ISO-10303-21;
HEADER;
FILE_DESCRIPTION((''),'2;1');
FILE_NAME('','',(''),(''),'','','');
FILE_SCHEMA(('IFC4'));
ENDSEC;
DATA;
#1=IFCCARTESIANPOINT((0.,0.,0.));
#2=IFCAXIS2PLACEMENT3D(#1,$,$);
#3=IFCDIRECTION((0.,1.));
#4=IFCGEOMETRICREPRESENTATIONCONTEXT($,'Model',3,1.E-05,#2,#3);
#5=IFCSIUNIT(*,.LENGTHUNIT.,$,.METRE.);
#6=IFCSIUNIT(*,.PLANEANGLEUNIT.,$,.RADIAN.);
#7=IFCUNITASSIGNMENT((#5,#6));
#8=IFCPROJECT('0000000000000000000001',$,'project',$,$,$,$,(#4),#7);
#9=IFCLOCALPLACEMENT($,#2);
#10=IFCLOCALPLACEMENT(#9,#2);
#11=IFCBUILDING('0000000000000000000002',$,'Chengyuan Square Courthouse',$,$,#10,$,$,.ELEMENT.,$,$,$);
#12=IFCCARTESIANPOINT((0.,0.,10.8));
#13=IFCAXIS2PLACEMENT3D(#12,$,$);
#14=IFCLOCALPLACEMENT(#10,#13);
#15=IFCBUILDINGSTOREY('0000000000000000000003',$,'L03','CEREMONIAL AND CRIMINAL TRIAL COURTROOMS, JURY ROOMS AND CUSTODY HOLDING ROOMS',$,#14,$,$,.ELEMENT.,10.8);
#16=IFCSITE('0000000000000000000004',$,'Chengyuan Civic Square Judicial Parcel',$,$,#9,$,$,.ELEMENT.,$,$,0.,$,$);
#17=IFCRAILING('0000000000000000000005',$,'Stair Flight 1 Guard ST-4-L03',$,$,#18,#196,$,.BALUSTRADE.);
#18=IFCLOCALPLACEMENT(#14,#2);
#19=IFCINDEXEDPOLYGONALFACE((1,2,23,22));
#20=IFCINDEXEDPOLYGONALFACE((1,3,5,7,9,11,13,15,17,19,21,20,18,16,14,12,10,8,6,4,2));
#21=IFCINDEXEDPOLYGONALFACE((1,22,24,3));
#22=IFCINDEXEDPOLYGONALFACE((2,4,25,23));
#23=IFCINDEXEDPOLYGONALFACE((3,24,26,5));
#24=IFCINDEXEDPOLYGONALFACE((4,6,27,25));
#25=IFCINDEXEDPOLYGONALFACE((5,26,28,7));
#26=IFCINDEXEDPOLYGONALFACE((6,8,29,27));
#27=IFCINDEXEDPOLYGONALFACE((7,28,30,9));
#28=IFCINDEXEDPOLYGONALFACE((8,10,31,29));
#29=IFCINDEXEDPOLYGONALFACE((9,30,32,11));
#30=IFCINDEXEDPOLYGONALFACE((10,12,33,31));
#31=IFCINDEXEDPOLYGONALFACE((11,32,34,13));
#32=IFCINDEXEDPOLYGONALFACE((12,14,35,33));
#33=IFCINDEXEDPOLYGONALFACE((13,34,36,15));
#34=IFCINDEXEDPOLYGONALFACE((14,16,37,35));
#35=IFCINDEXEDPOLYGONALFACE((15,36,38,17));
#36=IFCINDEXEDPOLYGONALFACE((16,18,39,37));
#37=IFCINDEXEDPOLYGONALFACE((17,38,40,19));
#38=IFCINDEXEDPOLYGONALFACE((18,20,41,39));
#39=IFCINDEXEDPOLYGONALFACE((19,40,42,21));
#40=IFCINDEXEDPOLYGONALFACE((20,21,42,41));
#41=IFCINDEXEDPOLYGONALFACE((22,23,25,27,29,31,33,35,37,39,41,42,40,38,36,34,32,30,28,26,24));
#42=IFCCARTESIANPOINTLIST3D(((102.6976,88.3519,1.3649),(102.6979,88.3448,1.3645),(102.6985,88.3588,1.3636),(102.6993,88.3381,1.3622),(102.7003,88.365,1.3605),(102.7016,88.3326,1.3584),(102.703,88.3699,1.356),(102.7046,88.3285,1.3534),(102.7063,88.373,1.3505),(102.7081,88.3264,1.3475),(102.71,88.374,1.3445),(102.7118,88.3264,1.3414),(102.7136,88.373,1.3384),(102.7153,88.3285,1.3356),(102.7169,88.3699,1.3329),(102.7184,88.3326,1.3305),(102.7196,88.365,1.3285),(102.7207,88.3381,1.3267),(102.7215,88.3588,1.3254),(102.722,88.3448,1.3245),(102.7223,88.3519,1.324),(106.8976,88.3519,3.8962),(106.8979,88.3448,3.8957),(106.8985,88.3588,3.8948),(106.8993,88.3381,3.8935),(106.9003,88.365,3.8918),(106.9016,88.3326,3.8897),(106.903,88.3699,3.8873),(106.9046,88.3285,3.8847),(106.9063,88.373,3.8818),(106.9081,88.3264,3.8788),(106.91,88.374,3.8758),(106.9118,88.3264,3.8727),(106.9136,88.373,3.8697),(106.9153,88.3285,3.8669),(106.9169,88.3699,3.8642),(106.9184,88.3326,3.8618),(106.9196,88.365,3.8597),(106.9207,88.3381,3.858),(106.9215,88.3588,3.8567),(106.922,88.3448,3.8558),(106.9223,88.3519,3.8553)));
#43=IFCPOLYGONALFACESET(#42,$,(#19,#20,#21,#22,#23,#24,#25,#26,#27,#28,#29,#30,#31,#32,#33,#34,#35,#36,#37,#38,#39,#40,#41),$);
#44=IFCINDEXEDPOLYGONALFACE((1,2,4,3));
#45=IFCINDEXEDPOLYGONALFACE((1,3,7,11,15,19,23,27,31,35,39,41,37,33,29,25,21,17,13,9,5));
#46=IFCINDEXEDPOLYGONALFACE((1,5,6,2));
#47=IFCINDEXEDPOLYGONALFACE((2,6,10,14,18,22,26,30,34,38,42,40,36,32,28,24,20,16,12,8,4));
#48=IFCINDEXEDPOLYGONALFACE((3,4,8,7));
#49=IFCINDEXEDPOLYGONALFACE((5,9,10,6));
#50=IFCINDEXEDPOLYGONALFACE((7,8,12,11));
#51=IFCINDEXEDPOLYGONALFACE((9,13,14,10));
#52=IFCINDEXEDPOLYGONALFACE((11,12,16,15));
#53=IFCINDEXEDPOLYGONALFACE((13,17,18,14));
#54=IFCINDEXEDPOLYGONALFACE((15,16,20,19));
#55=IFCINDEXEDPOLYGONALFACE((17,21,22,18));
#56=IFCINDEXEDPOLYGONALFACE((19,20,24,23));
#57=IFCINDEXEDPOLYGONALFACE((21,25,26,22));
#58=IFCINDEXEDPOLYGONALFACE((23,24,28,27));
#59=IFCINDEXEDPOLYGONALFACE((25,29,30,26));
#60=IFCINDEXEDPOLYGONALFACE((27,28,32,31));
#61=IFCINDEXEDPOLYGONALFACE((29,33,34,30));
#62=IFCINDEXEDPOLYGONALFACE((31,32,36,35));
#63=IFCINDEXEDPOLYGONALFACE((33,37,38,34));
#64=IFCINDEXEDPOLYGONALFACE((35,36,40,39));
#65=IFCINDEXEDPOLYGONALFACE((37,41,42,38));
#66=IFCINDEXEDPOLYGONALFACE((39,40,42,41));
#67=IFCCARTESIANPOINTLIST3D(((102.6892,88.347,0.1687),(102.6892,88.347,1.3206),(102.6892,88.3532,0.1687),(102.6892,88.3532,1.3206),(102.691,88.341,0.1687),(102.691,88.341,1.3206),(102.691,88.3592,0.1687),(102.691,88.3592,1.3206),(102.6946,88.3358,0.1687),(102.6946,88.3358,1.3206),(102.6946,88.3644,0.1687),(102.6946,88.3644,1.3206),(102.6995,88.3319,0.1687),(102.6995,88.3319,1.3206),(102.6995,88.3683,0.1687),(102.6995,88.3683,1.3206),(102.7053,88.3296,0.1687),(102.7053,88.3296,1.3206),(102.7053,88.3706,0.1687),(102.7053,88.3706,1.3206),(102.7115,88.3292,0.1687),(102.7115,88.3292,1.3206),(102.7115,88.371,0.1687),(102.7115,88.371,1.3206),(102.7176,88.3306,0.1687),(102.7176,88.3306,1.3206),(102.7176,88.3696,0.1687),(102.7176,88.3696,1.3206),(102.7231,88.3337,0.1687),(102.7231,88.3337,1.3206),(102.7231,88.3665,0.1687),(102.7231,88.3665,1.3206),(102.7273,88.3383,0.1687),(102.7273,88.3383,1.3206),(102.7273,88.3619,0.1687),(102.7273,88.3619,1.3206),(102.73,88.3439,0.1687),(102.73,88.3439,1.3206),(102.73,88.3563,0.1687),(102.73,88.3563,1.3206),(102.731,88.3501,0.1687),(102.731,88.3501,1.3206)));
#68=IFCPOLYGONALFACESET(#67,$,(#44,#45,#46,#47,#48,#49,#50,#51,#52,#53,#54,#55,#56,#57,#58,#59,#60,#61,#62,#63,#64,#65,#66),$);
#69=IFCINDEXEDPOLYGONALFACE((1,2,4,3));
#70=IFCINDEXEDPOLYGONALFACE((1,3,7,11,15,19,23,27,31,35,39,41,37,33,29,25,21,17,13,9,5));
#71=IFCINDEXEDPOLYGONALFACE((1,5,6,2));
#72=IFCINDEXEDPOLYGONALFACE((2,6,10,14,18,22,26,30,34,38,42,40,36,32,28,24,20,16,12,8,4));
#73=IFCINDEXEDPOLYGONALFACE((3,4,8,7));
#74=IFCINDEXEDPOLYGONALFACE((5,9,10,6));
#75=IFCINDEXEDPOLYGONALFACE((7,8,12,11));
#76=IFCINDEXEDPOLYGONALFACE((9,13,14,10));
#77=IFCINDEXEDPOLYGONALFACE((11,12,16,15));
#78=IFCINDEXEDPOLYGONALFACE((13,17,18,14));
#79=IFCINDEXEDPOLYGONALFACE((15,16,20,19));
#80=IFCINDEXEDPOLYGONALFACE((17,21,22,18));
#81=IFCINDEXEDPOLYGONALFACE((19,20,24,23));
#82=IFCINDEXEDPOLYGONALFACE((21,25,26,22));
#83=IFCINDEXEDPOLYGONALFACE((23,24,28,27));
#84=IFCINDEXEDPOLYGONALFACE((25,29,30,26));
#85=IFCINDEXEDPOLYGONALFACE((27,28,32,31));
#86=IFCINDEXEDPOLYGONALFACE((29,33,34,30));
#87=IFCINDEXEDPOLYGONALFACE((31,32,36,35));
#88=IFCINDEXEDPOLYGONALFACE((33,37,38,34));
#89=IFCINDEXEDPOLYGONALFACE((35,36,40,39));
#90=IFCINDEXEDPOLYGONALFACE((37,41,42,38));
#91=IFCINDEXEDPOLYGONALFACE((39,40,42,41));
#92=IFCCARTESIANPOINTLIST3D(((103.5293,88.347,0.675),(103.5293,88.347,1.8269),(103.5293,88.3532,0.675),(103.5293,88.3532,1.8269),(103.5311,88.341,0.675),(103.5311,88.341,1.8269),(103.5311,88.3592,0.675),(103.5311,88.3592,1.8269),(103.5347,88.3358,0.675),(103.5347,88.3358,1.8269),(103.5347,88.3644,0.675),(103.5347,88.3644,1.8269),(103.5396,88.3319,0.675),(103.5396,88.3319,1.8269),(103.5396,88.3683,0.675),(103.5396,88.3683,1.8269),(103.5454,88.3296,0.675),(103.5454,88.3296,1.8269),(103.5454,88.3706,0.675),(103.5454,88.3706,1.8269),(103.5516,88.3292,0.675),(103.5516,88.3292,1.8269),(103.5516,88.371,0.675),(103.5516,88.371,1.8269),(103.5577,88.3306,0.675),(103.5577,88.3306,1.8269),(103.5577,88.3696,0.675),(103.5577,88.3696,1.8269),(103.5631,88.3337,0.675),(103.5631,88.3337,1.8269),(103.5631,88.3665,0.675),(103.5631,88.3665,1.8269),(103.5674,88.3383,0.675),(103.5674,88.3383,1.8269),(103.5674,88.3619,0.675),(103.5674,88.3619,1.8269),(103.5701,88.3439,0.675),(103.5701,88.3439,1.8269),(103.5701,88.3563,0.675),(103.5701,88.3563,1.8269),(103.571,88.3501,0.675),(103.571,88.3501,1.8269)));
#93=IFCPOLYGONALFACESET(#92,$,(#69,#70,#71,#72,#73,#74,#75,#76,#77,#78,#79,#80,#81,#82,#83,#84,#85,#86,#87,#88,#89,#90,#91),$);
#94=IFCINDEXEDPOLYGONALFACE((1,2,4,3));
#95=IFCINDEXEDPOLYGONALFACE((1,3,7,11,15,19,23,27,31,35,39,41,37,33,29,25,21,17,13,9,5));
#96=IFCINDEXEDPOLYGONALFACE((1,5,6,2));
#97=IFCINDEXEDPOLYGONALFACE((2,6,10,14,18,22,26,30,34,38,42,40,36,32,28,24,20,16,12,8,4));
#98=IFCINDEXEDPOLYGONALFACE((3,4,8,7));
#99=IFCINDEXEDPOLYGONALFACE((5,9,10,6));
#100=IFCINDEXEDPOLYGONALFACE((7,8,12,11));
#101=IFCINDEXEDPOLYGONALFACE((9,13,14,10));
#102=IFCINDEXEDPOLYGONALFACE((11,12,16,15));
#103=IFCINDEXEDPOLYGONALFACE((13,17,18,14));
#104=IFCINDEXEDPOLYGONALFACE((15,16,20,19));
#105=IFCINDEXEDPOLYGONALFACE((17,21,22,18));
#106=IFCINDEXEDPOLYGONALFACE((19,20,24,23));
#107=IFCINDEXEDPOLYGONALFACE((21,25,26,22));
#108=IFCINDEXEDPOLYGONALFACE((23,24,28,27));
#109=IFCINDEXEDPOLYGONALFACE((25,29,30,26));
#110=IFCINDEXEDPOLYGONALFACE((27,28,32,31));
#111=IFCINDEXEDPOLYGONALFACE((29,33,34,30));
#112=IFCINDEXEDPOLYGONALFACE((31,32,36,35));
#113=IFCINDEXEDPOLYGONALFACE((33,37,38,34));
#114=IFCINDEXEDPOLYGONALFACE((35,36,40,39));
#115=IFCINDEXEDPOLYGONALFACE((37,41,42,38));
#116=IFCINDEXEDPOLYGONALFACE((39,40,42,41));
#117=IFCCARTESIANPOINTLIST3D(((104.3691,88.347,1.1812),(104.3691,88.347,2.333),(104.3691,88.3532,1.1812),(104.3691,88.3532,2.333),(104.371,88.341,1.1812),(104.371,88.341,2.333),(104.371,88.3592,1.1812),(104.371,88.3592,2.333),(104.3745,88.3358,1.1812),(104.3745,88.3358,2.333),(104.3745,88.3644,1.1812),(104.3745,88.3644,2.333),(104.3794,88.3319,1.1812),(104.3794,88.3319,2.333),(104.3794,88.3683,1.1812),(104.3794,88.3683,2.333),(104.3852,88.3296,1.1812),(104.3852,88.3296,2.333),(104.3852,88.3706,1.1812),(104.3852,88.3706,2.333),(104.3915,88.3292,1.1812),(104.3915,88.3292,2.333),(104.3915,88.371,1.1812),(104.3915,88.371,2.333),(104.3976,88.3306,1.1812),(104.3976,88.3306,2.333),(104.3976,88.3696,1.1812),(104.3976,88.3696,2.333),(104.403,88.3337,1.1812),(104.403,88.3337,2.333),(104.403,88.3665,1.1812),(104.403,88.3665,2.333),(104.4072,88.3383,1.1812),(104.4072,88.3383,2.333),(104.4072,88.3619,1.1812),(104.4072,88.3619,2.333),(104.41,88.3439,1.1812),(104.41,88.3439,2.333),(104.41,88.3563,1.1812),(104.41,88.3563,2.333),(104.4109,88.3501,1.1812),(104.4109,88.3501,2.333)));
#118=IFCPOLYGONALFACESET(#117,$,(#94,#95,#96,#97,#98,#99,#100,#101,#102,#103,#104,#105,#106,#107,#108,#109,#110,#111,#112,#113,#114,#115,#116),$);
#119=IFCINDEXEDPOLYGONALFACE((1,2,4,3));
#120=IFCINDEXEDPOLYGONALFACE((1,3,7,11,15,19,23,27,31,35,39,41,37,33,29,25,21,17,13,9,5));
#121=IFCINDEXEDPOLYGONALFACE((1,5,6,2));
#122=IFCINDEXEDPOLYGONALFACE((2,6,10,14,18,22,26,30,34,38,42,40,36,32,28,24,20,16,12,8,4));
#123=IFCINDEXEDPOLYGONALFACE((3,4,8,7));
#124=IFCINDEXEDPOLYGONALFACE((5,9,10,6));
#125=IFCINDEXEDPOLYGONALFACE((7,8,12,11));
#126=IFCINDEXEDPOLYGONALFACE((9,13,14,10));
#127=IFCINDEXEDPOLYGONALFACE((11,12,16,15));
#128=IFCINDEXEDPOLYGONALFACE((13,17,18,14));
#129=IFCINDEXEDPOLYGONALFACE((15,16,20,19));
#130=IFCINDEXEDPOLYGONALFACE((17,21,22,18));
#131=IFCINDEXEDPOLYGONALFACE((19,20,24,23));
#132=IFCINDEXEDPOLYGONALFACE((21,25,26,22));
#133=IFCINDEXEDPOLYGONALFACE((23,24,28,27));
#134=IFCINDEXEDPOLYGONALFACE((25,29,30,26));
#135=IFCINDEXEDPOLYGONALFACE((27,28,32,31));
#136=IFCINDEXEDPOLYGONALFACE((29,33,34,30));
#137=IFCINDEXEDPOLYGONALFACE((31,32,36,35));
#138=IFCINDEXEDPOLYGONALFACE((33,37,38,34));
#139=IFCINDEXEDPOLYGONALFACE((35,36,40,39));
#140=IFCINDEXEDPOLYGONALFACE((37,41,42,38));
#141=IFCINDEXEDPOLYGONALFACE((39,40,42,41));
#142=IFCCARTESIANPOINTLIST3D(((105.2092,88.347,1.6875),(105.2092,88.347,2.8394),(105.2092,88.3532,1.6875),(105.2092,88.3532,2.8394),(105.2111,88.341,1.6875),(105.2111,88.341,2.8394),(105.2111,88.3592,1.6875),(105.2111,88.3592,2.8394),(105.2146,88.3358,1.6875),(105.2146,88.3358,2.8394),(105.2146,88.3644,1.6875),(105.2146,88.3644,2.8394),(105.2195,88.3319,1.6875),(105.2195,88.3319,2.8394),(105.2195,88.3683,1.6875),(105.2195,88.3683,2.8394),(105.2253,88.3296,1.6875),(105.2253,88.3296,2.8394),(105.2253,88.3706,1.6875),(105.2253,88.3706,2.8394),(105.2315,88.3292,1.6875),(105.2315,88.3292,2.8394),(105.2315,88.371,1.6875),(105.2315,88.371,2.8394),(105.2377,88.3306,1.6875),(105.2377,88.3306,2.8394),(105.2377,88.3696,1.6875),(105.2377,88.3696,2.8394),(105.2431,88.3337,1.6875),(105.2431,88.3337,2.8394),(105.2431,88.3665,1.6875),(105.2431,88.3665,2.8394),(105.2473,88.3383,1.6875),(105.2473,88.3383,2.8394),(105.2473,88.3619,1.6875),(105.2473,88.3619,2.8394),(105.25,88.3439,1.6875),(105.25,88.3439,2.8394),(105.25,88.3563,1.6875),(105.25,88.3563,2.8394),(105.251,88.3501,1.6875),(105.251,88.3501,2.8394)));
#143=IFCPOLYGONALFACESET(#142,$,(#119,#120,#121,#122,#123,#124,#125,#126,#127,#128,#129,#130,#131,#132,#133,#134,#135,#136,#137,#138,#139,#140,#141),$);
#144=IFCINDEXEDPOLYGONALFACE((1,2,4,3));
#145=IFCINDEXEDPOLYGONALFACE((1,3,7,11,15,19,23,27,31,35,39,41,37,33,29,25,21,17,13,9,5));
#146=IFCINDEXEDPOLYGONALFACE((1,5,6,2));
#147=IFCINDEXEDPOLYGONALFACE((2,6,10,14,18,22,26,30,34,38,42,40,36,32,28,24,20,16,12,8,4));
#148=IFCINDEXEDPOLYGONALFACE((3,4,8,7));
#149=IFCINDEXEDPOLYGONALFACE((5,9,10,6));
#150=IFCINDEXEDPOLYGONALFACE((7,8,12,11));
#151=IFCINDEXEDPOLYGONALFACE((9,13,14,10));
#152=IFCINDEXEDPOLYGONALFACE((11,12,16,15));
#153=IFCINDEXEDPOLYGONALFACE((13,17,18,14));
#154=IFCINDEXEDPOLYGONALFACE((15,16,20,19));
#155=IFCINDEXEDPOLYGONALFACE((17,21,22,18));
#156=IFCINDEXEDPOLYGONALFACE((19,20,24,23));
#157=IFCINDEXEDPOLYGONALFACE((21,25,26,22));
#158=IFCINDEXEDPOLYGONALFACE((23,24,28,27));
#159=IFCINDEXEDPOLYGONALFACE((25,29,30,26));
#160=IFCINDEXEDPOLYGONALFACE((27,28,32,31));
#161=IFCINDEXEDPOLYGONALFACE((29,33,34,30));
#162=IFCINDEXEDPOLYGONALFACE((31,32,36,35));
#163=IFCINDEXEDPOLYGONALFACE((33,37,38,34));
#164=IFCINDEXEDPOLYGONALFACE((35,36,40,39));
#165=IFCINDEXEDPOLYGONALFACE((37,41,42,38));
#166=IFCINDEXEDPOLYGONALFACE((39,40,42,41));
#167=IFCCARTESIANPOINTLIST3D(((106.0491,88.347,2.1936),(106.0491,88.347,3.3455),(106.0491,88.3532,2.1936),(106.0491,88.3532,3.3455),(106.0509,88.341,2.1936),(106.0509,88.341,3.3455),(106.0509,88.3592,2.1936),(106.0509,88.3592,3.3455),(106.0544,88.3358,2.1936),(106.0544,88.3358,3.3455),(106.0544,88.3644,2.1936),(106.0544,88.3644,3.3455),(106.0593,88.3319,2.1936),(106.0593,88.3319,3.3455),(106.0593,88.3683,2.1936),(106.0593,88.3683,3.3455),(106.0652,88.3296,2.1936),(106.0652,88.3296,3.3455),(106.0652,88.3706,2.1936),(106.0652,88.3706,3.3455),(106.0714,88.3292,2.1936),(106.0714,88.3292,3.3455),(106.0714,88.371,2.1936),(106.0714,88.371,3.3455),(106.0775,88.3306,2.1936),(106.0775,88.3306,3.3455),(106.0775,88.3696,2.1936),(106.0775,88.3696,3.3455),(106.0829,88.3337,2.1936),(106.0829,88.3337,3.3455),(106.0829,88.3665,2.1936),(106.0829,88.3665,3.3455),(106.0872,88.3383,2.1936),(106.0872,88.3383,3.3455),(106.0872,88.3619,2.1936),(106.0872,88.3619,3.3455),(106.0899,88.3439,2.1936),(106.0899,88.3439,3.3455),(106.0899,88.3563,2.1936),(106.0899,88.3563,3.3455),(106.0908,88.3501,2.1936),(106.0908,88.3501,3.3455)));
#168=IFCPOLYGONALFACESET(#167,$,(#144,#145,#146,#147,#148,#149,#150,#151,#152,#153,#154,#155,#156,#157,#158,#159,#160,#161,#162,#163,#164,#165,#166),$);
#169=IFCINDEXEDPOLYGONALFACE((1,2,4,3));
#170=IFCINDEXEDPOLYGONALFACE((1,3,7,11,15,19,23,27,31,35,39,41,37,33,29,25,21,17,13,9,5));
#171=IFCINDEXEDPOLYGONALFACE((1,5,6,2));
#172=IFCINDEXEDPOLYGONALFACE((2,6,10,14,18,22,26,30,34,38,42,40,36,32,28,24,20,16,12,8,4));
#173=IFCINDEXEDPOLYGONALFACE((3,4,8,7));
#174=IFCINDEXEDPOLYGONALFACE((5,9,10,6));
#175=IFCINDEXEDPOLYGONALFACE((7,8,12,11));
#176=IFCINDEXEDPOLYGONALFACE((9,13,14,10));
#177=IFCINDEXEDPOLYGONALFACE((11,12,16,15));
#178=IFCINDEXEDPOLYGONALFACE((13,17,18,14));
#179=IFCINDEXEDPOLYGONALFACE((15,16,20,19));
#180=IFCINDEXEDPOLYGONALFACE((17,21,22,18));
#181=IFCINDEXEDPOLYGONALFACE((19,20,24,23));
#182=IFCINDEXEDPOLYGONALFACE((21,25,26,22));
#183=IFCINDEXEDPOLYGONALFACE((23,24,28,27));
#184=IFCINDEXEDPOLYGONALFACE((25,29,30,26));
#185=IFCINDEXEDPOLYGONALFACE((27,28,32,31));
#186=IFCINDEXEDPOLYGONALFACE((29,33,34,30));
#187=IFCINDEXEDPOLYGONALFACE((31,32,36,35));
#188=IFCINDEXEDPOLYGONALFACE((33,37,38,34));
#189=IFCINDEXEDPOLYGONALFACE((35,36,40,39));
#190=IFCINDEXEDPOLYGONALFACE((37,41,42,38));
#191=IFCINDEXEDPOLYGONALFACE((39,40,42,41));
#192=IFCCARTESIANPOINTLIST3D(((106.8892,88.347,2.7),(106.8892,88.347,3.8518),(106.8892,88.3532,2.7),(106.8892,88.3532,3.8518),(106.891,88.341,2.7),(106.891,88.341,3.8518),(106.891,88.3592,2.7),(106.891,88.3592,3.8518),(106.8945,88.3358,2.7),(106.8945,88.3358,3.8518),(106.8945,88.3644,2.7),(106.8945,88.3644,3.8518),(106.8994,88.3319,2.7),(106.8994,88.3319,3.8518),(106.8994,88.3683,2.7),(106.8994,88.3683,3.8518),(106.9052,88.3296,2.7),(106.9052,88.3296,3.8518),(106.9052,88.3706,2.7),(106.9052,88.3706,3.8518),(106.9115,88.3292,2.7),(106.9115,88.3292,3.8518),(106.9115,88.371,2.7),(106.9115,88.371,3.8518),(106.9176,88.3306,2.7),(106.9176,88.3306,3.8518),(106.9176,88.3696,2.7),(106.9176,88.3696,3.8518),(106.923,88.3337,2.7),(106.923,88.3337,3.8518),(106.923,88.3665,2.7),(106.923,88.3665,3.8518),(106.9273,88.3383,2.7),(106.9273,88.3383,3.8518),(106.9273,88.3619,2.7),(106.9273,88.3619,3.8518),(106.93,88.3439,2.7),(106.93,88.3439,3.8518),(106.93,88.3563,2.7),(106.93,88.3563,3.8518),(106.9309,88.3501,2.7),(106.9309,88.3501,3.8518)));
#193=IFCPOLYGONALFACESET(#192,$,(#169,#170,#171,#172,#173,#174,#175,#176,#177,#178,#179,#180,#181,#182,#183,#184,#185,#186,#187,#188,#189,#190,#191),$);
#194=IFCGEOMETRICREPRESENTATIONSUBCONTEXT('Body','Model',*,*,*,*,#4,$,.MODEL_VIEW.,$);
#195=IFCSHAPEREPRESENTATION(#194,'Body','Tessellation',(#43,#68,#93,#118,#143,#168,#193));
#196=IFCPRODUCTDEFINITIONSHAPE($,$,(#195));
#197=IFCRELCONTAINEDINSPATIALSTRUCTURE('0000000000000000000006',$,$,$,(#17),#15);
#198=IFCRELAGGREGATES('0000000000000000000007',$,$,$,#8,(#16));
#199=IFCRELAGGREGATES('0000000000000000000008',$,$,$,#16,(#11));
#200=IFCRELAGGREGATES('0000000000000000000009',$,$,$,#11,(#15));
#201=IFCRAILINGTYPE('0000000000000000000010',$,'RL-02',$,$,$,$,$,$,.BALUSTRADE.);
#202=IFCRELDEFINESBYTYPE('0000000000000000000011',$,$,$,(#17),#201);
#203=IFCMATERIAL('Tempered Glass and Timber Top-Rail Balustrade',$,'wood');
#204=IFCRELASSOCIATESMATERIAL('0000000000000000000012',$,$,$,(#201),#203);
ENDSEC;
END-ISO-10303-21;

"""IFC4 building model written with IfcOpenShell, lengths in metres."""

from ifc_helpers import new_model, si_unit, direction, frame, origin, origin_2d, place, context, subcontext, project, spatial, circle, extrude, material, type_object, element, save


model = new_model("IFC4")

# Units and contexts
model_context = context("Model", 3, precision=1e-05, world=origin(), true_north=direction((0.0, 1.0)))
body_context = subcontext(model_context, "Body", "Model", "MODEL_VIEW")
ifc_project = project(units=[si_unit("LENGTHUNIT", "METRE"), si_unit("PLANEANGLEUNIT", "RADIAN")], contexts=[model_context])

# Site, building, storey
site_placement = place(None, origin())
site = spatial("IfcSite", under=ifc_project, at=site_placement, Name="Chengyuan Civic Square Judicial Parcel", CompositionType="ELEMENT", RefElevation=0.0)
building_placement = place(site_placement, origin())
building = spatial("IfcBuilding", under=site, at=building_placement, Name="Chengyuan Square Courthouse", CompositionType="ELEMENT")
storey_placement = place(building_placement, frame((0.0, 0.0, 10.8)))
storey = spatial("IfcBuildingStorey", under=building, at=storey_placement, Name="L03", Description="CEREMONIAL AND CRIMINAL TRIAL COURTROOMS, JURY ROOMS AND CUSTODY HOLDING ROOMS", CompositionType="ELEMENT", Elevation=10.8)

# Railing
ifc_material_1 = material(Name="Tempered Glass and Timber Top-Rail Balustrade", Category="wood")
railing_type_1 = type_object("IfcRailingType", Name="RL-02", PredefinedType="BALUSTRADE", material=ifc_material_1)
railing_1_placement = place(storey_placement, frame((102.71, 88.3501, 0.1687)))
element("IfcRailing", 1, at=railing_1_placement, inside=storey, type_object=railing_type_1, Name="Stair Flight 1 Guard ST-4-L03", PredefinedType="BALUSTRADE", context=body_context, shape_type="SweptSolid", body=[
    extrude(circle(Radius=0.0239, at=origin_2d()), frame((0.0, 0.0, 1.1758), z_axis=(0.856476, 0.0, 0.516186), x_axis=(0.0, 1.0, 0.0)), (0.0, 0.0, 1.0), 4.9038),
    extrude(circle(Radius=0.021, at=origin_2d()), origin(), (0.0, 0.0, 1.0), 1.1519),
    extrude(circle(Radius=0.021, at=origin_2d()), frame((0.8401, 0.0, 0.5063)), (0.0, 0.0, 1.0), 1.1519),
    extrude(circle(Radius=0.021, at=origin_2d()), frame((1.6799, 0.0, 1.0125)), (0.0, 0.0, 1.0), 1.1519),
    extrude(circle(Radius=0.021, at=origin_2d()), frame((2.52, 0.0, 1.5188)), (0.0, 0.0, 1.0), 1.1519),
    extrude(circle(Radius=0.021, at=origin_2d()), frame((3.3599, 0.0, 2.0249)), (0.0, 0.0, 1.0), 1.1519),
    extrude(circle(Radius=0.021, at=origin_2d()), frame((4.2, 0.0, 2.5312)), (0.0, 0.0, 1.0), 1.1519),
])

save(model, "model.ifc")
